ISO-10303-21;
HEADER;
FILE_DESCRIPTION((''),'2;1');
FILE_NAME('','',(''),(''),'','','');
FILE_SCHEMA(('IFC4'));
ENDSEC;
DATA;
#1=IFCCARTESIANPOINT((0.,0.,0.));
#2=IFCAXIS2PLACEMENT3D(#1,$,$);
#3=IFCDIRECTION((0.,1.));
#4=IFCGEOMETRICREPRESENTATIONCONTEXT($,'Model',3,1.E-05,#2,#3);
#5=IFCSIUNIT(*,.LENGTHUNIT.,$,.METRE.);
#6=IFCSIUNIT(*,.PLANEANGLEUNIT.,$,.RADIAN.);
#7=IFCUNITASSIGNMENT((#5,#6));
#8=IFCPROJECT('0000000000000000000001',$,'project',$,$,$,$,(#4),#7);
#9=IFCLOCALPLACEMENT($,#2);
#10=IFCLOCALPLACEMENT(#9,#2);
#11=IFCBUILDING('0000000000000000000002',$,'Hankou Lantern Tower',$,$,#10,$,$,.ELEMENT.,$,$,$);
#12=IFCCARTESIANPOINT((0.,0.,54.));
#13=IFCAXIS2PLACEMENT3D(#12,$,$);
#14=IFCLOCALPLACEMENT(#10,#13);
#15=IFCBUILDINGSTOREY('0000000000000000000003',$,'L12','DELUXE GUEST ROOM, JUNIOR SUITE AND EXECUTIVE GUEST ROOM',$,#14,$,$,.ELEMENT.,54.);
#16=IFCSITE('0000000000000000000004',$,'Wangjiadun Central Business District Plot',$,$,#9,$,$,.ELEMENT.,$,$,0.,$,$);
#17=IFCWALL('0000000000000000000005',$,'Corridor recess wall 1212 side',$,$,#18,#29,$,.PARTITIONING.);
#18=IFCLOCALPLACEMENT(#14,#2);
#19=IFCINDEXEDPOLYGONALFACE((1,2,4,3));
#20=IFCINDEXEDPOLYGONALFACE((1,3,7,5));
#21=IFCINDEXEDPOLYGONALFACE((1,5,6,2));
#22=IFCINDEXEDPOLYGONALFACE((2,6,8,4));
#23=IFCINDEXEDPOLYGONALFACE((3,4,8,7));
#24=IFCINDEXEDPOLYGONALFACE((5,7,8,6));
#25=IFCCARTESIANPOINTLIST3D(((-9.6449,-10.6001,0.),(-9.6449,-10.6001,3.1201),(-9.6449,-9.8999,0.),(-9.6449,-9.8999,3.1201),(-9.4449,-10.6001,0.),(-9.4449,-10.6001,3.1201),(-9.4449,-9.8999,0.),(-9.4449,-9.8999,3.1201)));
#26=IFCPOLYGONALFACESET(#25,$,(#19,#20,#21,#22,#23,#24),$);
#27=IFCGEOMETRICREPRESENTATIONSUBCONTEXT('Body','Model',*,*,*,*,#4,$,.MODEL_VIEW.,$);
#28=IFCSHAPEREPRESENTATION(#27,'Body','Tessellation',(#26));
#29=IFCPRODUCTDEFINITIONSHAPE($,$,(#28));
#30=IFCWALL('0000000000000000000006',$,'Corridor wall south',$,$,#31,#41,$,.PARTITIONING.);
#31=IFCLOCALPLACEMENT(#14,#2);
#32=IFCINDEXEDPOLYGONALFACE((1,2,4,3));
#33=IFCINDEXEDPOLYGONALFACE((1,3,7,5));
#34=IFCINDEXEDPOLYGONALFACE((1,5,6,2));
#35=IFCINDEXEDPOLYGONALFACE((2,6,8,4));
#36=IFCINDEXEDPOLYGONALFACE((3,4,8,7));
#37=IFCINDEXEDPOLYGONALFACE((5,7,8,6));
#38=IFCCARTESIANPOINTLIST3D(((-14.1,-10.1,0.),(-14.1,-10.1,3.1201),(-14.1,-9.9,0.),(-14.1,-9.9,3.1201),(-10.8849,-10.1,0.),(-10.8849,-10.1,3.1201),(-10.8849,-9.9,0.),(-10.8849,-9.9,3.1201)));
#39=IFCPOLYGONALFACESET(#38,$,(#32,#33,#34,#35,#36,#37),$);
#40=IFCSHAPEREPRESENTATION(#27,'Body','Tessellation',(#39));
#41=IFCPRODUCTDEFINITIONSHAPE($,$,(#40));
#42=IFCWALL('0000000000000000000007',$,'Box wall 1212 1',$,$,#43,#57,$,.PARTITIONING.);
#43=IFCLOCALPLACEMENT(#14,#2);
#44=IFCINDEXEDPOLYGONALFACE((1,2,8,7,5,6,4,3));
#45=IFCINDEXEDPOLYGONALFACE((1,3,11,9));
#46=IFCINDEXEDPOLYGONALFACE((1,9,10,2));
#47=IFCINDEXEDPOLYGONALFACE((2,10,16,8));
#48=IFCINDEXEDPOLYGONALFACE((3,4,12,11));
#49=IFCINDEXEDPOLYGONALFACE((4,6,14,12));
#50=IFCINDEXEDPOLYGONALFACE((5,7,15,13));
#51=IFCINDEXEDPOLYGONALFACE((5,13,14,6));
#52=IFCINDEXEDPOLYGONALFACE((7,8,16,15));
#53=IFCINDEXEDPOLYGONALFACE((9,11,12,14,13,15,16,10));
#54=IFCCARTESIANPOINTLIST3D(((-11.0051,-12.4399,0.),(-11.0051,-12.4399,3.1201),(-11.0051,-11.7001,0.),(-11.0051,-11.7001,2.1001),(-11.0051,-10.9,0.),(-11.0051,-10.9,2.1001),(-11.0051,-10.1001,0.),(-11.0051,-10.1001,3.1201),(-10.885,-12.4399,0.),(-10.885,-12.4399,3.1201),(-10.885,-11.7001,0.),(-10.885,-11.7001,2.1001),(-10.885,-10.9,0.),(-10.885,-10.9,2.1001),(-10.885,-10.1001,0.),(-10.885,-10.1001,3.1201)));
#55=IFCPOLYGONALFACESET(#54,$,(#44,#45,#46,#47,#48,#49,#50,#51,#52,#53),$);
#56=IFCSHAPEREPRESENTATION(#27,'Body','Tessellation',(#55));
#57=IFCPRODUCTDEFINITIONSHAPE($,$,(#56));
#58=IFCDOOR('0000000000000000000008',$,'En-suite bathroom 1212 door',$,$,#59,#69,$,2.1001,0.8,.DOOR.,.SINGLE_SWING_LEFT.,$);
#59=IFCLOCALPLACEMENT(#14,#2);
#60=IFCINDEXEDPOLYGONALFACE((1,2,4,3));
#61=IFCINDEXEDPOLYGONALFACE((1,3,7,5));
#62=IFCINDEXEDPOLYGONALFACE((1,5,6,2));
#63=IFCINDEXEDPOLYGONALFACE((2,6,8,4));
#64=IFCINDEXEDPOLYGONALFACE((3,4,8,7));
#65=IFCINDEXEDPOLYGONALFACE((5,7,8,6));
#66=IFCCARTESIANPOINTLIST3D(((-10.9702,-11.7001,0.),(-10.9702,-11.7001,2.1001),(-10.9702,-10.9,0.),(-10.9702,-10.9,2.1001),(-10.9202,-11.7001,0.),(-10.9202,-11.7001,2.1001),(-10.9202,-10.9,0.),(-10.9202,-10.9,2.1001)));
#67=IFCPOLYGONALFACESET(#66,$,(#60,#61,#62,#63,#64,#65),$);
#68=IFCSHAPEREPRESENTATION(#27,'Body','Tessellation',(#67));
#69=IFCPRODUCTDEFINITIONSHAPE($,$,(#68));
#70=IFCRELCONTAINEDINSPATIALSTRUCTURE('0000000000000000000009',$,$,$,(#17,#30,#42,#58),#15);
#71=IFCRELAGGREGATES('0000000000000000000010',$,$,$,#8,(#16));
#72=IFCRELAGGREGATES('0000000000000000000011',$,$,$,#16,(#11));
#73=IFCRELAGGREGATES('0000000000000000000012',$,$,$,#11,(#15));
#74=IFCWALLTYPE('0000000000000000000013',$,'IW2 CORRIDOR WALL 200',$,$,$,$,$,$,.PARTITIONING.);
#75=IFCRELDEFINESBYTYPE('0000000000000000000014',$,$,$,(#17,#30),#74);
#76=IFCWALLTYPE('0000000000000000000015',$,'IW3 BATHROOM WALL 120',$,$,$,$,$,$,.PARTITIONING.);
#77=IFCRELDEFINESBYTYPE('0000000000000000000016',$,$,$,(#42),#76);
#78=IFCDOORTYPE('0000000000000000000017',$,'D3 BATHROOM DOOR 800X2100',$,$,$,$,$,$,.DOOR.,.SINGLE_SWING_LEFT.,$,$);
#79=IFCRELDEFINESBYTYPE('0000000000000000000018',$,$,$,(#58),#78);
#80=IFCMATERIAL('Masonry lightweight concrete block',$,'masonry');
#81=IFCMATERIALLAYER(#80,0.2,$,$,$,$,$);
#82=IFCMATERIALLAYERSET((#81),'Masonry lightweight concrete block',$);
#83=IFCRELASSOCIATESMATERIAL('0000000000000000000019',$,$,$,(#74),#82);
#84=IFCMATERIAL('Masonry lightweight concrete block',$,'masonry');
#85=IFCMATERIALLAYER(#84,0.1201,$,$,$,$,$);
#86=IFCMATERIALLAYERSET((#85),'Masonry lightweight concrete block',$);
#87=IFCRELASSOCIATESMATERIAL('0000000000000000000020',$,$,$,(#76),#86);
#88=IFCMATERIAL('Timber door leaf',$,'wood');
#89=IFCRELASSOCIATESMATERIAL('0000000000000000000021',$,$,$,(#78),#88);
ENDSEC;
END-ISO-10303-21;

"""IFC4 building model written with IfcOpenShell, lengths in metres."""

from ifc_helpers import new_model, si_unit, direction, frame, frame_2d, origin, place, context, subcontext, project, spatial, rectangle, extrude, material, layer, layer_set, type_object, element, fill, save


model = new_model("IFC4")

# Units and contexts
model_context = context("Model", 3, precision=1e-05, world=origin(), true_north=direction((0.0, 1.0)))
body_context = subcontext(model_context, "Body", "Model", "MODEL_VIEW")
ifc_project = project(units=[si_unit("LENGTHUNIT", "METRE"), si_unit("PLANEANGLEUNIT", "RADIAN")], contexts=[model_context])

# Site, building, storey
site_placement = place(None, origin())
site = spatial("IfcSite", under=ifc_project, at=site_placement, Name="Wangjiadun Central Business District Plot", CompositionType="ELEMENT", RefElevation=0.0)
building_placement = place(site_placement, origin())
building = spatial("IfcBuilding", under=site, at=building_placement, Name="Hankou Lantern Tower", CompositionType="ELEMENT")
storey_placement = place(building_placement, frame((0.0, 0.0, 54.0)))
storey = spatial("IfcBuildingStorey", under=building, at=storey_placement, Name="L12", Description="DELUXE GUEST ROOM, JUNIOR SUITE AND EXECUTIVE GUEST ROOM", CompositionType="ELEMENT", Elevation=54.0)

# Shared definitions
ifc_material_1 = material(Name="Masonry lightweight concrete block", Category="masonry")
ifc_layer_1 = layer(ifc_material_1, 0.2)
ifc_layer_set_1 = layer_set([ifc_layer_1], Name="Masonry lightweight concrete block")
wall_type_1 = type_object("IfcWallType", Name="IW2 CORRIDOR WALL 200", PredefinedType="PARTITIONING", material=ifc_layer_set_1)

# Walls
wall_1_placement = place(storey_placement, frame((-9.5449, -9.8999, 0.0), z_axis=(0.0, 0.0, 1.0), x_axis=(0.0, -1.0, 0.0)))
element("IfcWall", 1, at=wall_1_placement, inside=storey, type_object=wall_type_1, Name="Corridor recess wall 1212 side", PredefinedType="PARTITIONING", context=body_context, shape_type="SweptSolid", body=[
    extrude(rectangle(XDim=0.7002, YDim=0.2, at=frame_2d((0.3501, 0.0))), origin(), (0.0, 0.0, 1.0), 3.1201),
])
wall_2_placement = place(storey_placement, frame((-10.885, -10.0, 0.0), z_axis=(0.0, 0.0, 1.0), x_axis=(-1.0, 0.0, 0.0)))
element("IfcWall", 2, at=wall_2_placement, inside=storey, type_object=wall_type_1, Name="Corridor wall south", PredefinedType="PARTITIONING", context=body_context, shape_type="SweptSolid", body=[
    extrude(rectangle(XDim=3.2151, YDim=0.2, at=frame_2d((1.6074, 0.0))), origin(), (0.0, 0.0, 1.0), 3.1201),
])

# Wall, opening, door
ifc_material_2 = material(Name="Masonry lightweight concrete block", Category="masonry")
ifc_layer_2 = layer(ifc_material_2, 0.1201)
ifc_layer_set_2 = layer_set([ifc_layer_2], Name="Masonry lightweight concrete block")
wall_type_2 = type_object("IfcWallType", Name="IW3 BATHROOM WALL 120", PredefinedType="PARTITIONING", material=ifc_layer_set_2)
wall_3_placement = place(storey_placement, frame((-10.9451, -10.1001, 0.0), z_axis=(0.0, 0.0, 1.0), x_axis=(0.0, -1.0, 0.0)))
wall_3 = element("IfcWall", 3, at=wall_3_placement, inside=storey, type_object=wall_type_2, Name="Box wall 1212 1", PredefinedType="PARTITIONING", context=body_context, shape_type="SweptSolid", body=[
    extrude(rectangle(XDim=2.3398, YDim=0.1201, at=frame_2d((1.1699, 0.0))), origin(), (0.0, 0.0, 1.0), 3.1201),
])
opening_1_placement = place(wall_3_placement, frame((0.8, 0.0, 0.0)))
opening_1 = element("IfcOpeningElement", 4, at=opening_1_placement, cuts=wall_3, PredefinedType="OPENING", context=body_context, shape_type="SweptSolid", body=[
    extrude(rectangle(XDim=0.8, YDim=2.1001, at=frame_2d((0.3999, 1.05))), frame((0.0, 0.0701, 0.0), z_axis=(0.0, -1.0, 0.0), x_axis=(1.0, 0.0, 0.0)), (0.0, 0.0, 1.0), 0.1401),
])
ifc_material_3 = material(Name="Timber door leaf", Category="wood")
door_type_1 = type_object("IfcDoorType", Name="D3 BATHROOM DOOR 800X2100", OperationType="SINGLE_SWING_LEFT", PredefinedType="DOOR", material=ifc_material_3)
door_1_placement = place(opening_1_placement, origin())
door_1 = element("IfcDoor", 5, at=door_1_placement, inside=storey, type_object=door_type_1, Name="En-suite bathroom 1212 door", OperationType="SINGLE_SWING_LEFT", OverallHeight=2.1001, OverallWidth=0.8, PredefinedType="DOOR", context=body_context, shape_type="SweptSolid", body=[
    extrude(rectangle(XDim=0.8, YDim=2.1001, at=frame_2d((0.3999, 1.05))), frame((0.0, 0.0249, 0.0), z_axis=(0.0, -1.0, 0.0), x_axis=(1.0, 0.0, 0.0)), (0.0, 0.0, 1.0), 0.05),
])
fill(opening_1, door_1)

save(model, "model.ifc")
